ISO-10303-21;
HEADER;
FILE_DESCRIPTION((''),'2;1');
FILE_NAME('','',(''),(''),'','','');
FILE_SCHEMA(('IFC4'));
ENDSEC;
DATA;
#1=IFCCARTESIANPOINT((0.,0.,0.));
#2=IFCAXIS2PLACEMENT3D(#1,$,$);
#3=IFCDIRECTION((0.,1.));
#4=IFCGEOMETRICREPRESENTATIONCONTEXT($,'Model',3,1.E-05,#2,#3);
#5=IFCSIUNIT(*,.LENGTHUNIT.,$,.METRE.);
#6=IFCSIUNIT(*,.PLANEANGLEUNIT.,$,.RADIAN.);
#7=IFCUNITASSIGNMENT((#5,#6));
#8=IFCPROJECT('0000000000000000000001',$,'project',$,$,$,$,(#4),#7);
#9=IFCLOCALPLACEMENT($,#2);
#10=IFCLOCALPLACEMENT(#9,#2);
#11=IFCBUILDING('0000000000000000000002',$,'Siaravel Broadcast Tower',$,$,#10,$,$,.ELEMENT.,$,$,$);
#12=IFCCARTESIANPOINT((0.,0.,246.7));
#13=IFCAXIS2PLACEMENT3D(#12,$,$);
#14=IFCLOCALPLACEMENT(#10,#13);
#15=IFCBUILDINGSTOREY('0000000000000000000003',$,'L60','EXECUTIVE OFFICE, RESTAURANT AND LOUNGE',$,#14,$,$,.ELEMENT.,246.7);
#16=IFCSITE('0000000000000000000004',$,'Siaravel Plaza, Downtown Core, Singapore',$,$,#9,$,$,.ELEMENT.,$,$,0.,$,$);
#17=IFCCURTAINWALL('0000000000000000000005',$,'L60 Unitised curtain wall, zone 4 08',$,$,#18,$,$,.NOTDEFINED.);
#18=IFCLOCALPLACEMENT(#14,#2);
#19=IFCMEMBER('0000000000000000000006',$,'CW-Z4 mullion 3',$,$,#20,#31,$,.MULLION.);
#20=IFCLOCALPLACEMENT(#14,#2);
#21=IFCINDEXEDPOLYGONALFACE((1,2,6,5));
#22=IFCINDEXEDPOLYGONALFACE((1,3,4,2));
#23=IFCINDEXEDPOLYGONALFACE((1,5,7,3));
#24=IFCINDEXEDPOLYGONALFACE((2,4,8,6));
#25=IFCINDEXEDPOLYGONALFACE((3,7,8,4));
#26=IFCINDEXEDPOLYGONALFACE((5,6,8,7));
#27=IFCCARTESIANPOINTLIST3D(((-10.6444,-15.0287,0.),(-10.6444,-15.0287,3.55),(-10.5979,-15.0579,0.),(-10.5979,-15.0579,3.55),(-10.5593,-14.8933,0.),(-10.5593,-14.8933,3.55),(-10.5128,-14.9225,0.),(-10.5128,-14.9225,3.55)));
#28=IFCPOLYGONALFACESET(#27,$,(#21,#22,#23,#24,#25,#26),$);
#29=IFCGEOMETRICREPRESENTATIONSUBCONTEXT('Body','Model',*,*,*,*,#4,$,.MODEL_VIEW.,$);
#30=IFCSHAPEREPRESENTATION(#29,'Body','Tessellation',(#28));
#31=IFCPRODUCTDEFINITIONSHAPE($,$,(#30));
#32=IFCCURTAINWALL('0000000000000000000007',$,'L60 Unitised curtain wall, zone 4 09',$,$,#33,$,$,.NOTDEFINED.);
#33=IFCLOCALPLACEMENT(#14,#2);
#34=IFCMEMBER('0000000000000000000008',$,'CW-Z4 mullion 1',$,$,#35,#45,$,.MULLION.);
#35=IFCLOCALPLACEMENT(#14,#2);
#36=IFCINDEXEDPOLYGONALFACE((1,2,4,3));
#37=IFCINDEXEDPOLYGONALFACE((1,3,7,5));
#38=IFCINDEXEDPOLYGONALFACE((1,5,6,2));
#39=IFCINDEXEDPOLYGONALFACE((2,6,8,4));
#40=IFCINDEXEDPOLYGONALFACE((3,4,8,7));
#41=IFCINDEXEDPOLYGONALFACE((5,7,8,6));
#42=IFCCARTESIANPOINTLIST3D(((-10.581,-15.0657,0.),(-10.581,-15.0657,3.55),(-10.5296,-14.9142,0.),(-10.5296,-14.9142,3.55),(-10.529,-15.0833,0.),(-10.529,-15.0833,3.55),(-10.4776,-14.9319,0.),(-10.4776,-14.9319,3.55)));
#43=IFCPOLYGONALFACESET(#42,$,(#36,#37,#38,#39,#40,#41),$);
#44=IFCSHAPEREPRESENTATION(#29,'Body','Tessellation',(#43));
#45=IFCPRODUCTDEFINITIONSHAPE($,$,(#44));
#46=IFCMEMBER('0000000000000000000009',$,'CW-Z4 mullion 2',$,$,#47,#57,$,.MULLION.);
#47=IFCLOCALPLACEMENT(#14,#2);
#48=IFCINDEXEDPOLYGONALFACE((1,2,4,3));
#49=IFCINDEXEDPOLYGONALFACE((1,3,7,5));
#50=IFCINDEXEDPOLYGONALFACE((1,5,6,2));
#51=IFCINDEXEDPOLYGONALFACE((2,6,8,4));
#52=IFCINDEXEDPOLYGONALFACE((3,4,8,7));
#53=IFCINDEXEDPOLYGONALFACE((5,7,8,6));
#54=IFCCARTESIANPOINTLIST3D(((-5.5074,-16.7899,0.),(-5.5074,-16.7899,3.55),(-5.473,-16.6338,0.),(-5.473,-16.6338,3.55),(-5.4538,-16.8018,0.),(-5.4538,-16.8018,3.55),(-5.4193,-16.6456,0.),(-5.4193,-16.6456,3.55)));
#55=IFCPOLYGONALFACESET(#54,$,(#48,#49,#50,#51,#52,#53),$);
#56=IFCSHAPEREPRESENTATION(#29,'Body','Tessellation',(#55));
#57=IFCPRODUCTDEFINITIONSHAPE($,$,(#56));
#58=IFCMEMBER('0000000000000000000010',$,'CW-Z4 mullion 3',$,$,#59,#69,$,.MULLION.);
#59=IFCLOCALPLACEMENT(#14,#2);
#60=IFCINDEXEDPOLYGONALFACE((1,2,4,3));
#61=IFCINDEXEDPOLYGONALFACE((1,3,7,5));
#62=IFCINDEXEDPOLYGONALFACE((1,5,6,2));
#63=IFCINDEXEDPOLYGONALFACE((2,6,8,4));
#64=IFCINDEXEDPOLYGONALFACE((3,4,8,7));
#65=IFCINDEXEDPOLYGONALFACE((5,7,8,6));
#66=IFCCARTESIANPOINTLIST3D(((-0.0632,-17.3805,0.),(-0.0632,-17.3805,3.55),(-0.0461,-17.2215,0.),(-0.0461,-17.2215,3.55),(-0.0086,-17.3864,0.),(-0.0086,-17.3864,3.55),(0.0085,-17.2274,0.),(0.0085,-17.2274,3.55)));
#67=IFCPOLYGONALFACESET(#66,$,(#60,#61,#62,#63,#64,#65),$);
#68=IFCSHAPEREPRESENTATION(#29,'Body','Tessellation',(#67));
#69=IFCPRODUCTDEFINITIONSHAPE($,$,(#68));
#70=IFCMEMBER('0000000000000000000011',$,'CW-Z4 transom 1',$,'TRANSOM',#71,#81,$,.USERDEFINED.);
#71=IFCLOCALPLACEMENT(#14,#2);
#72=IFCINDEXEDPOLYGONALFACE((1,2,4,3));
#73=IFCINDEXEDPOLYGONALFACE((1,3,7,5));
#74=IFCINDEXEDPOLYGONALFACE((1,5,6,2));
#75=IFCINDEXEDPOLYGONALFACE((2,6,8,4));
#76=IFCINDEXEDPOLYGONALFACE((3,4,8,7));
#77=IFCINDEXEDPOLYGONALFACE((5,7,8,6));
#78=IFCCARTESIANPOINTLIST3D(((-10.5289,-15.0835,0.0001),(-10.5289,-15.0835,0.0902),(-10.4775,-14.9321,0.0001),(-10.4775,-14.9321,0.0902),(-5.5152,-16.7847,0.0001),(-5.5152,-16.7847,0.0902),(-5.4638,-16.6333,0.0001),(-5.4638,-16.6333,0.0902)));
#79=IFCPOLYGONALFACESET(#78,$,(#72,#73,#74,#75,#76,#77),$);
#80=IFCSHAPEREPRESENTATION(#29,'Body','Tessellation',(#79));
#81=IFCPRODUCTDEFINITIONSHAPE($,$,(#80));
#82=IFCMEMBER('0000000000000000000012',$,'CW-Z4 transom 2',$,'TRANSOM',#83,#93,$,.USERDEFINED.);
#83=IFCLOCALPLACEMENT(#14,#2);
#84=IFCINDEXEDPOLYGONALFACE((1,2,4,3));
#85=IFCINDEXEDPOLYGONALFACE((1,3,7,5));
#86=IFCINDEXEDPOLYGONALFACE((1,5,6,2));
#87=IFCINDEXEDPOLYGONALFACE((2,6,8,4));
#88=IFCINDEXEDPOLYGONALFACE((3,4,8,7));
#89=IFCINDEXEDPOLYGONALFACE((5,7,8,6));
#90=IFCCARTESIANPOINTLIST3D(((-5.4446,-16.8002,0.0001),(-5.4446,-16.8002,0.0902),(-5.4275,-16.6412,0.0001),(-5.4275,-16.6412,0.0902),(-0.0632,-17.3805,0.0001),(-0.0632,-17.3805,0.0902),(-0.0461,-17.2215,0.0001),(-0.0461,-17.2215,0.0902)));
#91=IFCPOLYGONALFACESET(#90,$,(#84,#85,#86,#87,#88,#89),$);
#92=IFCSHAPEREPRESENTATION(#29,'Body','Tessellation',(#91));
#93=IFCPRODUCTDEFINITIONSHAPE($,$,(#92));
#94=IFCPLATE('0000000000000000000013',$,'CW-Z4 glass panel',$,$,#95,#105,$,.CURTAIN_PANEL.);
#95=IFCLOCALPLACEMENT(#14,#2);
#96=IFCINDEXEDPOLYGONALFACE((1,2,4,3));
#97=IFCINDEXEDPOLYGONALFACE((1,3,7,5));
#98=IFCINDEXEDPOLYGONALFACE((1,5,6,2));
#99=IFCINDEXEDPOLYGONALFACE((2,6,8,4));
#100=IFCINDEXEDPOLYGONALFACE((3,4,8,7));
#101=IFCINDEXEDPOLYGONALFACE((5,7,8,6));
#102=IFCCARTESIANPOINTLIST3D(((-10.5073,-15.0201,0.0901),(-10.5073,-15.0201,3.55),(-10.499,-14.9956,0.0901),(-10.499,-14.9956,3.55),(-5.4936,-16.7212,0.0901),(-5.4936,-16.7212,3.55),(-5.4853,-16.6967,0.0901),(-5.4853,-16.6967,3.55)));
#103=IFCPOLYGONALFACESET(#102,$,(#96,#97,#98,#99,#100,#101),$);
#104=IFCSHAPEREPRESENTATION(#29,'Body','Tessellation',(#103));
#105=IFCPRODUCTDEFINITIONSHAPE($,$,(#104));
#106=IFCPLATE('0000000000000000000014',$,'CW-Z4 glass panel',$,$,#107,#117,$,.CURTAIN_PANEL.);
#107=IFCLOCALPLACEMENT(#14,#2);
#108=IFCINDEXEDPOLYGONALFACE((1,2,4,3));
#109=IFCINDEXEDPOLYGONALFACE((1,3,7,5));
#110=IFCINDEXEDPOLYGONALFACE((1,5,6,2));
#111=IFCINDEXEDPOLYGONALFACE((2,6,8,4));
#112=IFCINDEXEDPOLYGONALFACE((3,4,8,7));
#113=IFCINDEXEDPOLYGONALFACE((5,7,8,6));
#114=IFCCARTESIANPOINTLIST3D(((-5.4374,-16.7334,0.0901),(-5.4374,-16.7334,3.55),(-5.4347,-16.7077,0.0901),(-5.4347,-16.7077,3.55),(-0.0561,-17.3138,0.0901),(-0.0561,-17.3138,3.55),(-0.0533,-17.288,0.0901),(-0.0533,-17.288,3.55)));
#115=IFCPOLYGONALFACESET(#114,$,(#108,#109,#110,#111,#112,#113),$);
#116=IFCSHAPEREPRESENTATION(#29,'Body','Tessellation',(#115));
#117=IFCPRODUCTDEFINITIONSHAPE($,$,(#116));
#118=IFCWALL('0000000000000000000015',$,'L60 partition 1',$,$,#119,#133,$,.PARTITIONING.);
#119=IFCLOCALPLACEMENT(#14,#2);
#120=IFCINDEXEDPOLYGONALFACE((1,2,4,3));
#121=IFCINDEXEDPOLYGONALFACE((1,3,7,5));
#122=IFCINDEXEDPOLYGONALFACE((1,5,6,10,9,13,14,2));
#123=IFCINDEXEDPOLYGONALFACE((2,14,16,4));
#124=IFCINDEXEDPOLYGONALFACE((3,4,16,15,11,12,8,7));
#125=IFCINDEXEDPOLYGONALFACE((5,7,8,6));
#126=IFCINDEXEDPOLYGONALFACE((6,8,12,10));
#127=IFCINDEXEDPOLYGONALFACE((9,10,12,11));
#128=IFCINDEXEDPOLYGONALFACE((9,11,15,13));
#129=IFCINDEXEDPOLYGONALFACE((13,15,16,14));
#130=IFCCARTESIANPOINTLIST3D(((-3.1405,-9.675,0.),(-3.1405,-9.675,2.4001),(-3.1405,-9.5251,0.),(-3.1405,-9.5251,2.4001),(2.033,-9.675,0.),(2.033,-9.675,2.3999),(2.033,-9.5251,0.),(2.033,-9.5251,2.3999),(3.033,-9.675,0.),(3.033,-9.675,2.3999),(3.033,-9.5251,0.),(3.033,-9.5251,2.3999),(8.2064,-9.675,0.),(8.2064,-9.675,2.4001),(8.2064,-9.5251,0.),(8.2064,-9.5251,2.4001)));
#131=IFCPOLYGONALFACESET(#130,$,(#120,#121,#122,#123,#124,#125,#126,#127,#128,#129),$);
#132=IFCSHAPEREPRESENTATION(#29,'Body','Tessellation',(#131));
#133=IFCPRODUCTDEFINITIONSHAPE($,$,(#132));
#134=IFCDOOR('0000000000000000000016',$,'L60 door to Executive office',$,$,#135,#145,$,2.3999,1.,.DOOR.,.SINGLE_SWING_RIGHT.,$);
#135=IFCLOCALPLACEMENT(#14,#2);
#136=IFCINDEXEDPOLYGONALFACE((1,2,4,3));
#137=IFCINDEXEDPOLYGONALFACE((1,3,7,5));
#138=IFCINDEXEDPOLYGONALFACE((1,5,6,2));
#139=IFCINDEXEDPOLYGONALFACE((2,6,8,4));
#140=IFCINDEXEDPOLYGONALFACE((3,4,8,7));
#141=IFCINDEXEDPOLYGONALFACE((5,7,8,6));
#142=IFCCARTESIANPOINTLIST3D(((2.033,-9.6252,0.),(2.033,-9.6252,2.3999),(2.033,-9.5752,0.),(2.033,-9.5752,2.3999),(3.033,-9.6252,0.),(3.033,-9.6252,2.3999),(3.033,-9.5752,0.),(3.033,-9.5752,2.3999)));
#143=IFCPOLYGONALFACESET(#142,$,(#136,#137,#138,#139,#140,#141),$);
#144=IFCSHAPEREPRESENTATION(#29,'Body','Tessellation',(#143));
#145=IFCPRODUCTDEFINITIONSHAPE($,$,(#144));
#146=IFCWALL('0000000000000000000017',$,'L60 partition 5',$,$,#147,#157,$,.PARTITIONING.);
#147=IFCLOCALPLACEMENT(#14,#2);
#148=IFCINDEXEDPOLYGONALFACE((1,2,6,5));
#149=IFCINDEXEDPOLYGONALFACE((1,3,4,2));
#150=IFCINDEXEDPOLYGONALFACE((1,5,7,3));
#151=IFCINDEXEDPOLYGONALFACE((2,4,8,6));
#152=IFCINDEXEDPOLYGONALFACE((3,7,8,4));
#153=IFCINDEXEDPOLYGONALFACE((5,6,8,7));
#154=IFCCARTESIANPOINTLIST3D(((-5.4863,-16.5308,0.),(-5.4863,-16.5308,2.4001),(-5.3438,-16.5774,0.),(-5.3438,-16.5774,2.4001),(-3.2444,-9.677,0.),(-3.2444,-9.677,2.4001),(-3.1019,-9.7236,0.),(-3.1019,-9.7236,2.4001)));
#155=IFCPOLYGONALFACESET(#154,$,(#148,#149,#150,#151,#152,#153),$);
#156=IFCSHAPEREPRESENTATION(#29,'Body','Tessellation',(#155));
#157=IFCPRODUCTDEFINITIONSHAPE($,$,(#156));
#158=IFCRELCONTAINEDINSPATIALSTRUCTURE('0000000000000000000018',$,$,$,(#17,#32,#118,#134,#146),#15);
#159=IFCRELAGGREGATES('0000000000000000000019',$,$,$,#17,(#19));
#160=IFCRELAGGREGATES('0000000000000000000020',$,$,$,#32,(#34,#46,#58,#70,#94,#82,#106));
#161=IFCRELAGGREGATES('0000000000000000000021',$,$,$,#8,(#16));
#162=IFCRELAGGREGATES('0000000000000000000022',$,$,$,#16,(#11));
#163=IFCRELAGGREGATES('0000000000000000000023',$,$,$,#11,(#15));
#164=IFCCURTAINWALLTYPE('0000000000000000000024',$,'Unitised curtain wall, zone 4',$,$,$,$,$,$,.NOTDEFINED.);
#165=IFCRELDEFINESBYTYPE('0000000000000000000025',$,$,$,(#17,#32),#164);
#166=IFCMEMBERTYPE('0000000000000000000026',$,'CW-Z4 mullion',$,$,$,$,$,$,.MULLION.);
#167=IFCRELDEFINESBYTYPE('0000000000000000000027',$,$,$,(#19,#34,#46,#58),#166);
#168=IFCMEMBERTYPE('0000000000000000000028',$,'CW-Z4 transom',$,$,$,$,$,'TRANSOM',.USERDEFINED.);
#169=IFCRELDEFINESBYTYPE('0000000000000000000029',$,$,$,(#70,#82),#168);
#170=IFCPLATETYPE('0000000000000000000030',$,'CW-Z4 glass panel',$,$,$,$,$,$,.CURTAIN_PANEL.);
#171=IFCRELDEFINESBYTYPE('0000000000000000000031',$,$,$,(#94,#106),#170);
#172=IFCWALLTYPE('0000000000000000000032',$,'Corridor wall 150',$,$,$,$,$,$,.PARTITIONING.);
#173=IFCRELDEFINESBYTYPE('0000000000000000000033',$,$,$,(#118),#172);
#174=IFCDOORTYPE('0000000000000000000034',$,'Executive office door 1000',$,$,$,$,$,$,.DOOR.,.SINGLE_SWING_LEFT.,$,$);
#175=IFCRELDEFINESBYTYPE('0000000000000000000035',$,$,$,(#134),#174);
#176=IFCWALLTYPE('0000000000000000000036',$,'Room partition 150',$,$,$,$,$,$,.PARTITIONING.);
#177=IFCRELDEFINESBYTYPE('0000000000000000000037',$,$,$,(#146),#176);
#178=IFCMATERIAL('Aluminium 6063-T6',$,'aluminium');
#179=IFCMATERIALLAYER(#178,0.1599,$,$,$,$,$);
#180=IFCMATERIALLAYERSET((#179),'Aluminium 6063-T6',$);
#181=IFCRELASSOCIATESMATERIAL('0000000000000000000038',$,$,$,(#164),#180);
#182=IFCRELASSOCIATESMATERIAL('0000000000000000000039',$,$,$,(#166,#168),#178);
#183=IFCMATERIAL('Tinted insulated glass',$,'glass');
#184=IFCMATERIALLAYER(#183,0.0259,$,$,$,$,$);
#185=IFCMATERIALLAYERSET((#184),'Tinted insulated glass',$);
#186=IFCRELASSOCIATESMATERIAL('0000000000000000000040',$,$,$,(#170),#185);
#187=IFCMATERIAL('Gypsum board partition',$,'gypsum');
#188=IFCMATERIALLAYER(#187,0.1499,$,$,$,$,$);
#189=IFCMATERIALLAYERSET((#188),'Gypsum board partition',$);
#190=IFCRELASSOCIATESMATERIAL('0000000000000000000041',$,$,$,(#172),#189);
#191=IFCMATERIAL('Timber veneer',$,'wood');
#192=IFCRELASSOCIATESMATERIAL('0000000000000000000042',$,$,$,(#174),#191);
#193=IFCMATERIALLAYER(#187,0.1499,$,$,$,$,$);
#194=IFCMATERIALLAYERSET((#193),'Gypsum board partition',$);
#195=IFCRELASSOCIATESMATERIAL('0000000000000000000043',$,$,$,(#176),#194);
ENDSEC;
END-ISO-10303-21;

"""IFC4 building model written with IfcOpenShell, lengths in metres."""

from ifc_helpers import new_model, si_unit, direction, frame, frame_2d, origin, origin_2d, place, context, subcontext, project, spatial, rectangle, extrude, material, layer, layer_set, material_profile, profile_set, type_object, element, fill, aggregate, save


model = new_model("IFC4")

# Units and contexts
model_context = context("Model", 3, precision=1e-05, world=origin(), true_north=direction((0.0, 1.0)))
body_context = subcontext(model_context, "Body", "Model", "MODEL_VIEW")
ifc_project = project(units=[si_unit("LENGTHUNIT", "METRE"), si_unit("PLANEANGLEUNIT", "RADIAN")], contexts=[model_context])

# Site, building, storey
site_placement = place(None, origin())
site = spatial("IfcSite", under=ifc_project, at=site_placement, Name="Siaravel Plaza, Downtown Core, Singapore", CompositionType="ELEMENT", RefElevation=0.0)
building_placement = place(site_placement, origin())
building = spatial("IfcBuilding", under=site, at=building_placement, Name="Siaravel Broadcast Tower", CompositionType="ELEMENT")
storey_placement = place(building_placement, frame((0.0, 0.0, 246.7)))
storey = spatial("IfcBuildingStorey", under=building, at=storey_placement, Name="L60", Description="EXECUTIVE OFFICE, RESTAURANT AND LOUNGE", CompositionType="ELEMENT", Elevation=246.7)

# Curtain wall, member
ifc_material_1 = material(Name="Aluminium 6063-T6", Category="aluminium")
ifc_layer_1 = layer(ifc_material_1, 0.1599)
ifc_layer_set_1 = layer_set([ifc_layer_1], Name="Aluminium 6063-T6")
curtain_wall_type = type_object("IfcCurtainWallType", Name="Unitised curtain wall, zone 4", PredefinedType="NOTDEFINED", material=ifc_layer_set_1)
curtain_wall_1_placement = place(storey_placement, origin())
curtain_wall_1 = element("IfcCurtainWall", 1, at=curtain_wall_1_placement, inside=storey, type_object=curtain_wall_type, Name="L60 Unitised curtain wall, zone 4 08", PredefinedType="NOTDEFINED")
ifc_material_profile_1 = material_profile(ifc_material_1, rectangle(XDim=0.1599, YDim=0.0549, at=origin_2d()))
ifc_profile_set_1 = profile_set([ifc_material_profile_1], Name="Aluminium 6063-T6")
member_type_1 = type_object("IfcMemberType", Name="CW-Z4 mullion", PredefinedType="MULLION", material=ifc_profile_set_1)
member_1_placement = place(storey_placement, frame((-10.5786, -14.9756, 0.0), z_axis=(0.0, 0.0, 1.0), x_axis=(0.53215, 0.84665, 0.0)))
member_1 = element("IfcMember", 2, at=member_1_placement, type_object=member_type_1, Name="CW-Z4 mullion 3", PredefinedType="MULLION", context=body_context, shape_type="SweptSolid", body=[
    extrude(rectangle(XDim=0.1599, YDim=0.0549, at=origin_2d()), origin(), (0.0, 0.0, 1.0), 3.55),
])
aggregate(curtain_wall_1, [member_1])

# Curtain wall, members, plates
curtain_wall_2_placement = place(storey_placement, origin())
curtain_wall_2 = element("IfcCurtainWall", 3, at=curtain_wall_2_placement, inside=storey, type_object=curtain_wall_type, Name="L60 Unitised curtain wall, zone 4 09", PredefinedType="NOTDEFINED")
member_2_placement = place(storey_placement, frame((-10.5293, -14.9988, 0.0), z_axis=(0.0, 0.0, 1.0), x_axis=(0.321301, 0.946977, 0.0)))
member_2 = element("IfcMember", 4, at=member_2_placement, type_object=member_type_1, Name="CW-Z4 mullion 1", PredefinedType="MULLION", context=body_context, shape_type="SweptSolid", body=[
    extrude(rectangle(XDim=0.1599, YDim=0.0549, at=origin_2d()), origin(), (0.0, 0.0, 1.0), 3.55),
])
member_3_placement = place(storey_placement, frame((-5.4634, -16.7178, 0.0), z_axis=(0.0, 0.0, 1.0), x_axis=(0.215559, 0.976491, 0.0)))
member_3 = element("IfcMember", 5, at=member_3_placement, type_object=member_type_1, Name="CW-Z4 mullion 2", PredefinedType="MULLION", context=body_context, shape_type="SweptSolid", body=[
    extrude(rectangle(XDim=0.1599, YDim=0.0549, at=origin_2d()), origin(), (0.0, 0.0, 1.0), 3.55),
])
member_4_placement = place(storey_placement, frame((-0.0273, -17.304, 0.0), z_axis=(0.0, 0.0, 1.0), x_axis=(0.107218, 0.994236, 0.0)))
member_4 = element("IfcMember", 6, at=member_4_placement, type_object=member_type_1, Name="CW-Z4 mullion 3", PredefinedType="MULLION", context=body_context, shape_type="SweptSolid", body=[
    extrude(rectangle(XDim=0.1599, YDim=0.0549, at=origin_2d()), origin(), (0.0, 0.0, 1.0), 3.55),
])
ifc_material_profile_2 = material_profile(ifc_material_1, rectangle(XDim=0.1599, YDim=0.0901, at=origin_2d()))
ifc_profile_set_2 = profile_set([ifc_material_profile_2], Name="Aluminium 6063-T6")
member_type_2 = type_object("IfcMemberType", Name="CW-Z4 transom", ElementType="TRANSOM", PredefinedType="USERDEFINED", material=ifc_profile_set_2)
member_5_placement = place(storey_placement, frame((-10.5032, -15.0078, 0.0452), z_axis=(0.946973, -0.321314, 0.0), x_axis=(0.321314, 0.946973, 0.0)))
member_5 = element("IfcMember", 7, at=member_5_placement, type_object=member_type_2, Name="CW-Z4 transom 1", ObjectType="TRANSOM", PredefinedType="USERDEFINED", context=body_context, shape_type="SweptSolid", body=[
    extrude(rectangle(XDim=0.1599, YDim=0.0901, at=origin_2d()), origin(), (0.0, 0.0, 1.0), 5.2944),
])
member_6_placement = place(storey_placement, frame((-5.436, -16.7207, 0.0452), z_axis=(0.994236, -0.107218, 0.0), x_axis=(0.107218, 0.994236, 0.0)))
member_6 = element("IfcMember", 8, at=member_6_placement, type_object=member_type_2, Name="CW-Z4 transom 2", ObjectType="TRANSOM", PredefinedType="USERDEFINED", context=body_context, shape_type="SweptSolid", body=[
    extrude(rectangle(XDim=0.1599, YDim=0.0901, at=origin_2d()), origin(), (0.0, 0.0, 1.0), 5.4126),
])
ifc_material_2 = material(Name="Tinted insulated glass", Category="glass")
ifc_layer_2 = layer(ifc_material_2, 0.0259)
ifc_layer_set_2 = layer_set([ifc_layer_2], Name="Tinted insulated glass")
plate_type = type_object("IfcPlateType", Name="CW-Z4 glass panel", PredefinedType="CURTAIN_PANEL", material=ifc_layer_set_2)
plate_1_placement = place(storey_placement, frame((-7.9963, -15.8584, 0.0901), z_axis=(0.0, 0.0, 1.0), x_axis=(0.946977, -0.321301, 0.0)))
plate_1 = element("IfcPlate", 9, at=plate_1_placement, type_object=plate_type, Name="CW-Z4 glass panel", PredefinedType="CURTAIN_PANEL", context=body_context, shape_type="SweptSolid", body=[
    extrude(rectangle(XDim=5.2944, YDim=0.0259, at=origin_2d()), origin(), (0.0, 0.0, 1.0), 3.46),
])
plate_2_placement = place(storey_placement, frame((-2.7454, -17.0107, 0.0901), z_axis=(0.0, 0.0, 1.0), x_axis=(0.994236, -0.107218, 0.0)))
plate_2 = element("IfcPlate", 10, at=plate_2_placement, type_object=plate_type, Name="CW-Z4 glass panel", PredefinedType="CURTAIN_PANEL", context=body_context, shape_type="SweptSolid", body=[
    extrude(rectangle(XDim=5.4126, YDim=0.0259, at=origin_2d()), origin(), (0.0, 0.0, 1.0), 3.46),
])
aggregate(curtain_wall_2, [member_2, member_3, member_4, member_5, plate_1, member_6, plate_2])

# Wall, opening, door
ifc_material_3 = material(Name="Gypsum board partition", Category="gypsum")
ifc_layer_3 = layer(ifc_material_3, 0.1499)
ifc_layer_set_3 = layer_set([ifc_layer_3], Name="Gypsum board partition")
wall_type_1 = type_object("IfcWallType", Name="Corridor wall 150", PredefinedType="PARTITIONING", material=ifc_layer_set_3)
wall_1_placement = place(storey_placement, frame((-3.1404, -9.6001, 0.0), z_axis=(0.0, 0.0, 1.0), x_axis=(1.0, 0.0, 0.0)))
wall_1 = element("IfcWall", 11, at=wall_1_placement, inside=storey, type_object=wall_type_1, Name="L60 partition 1", PredefinedType="PARTITIONING", context=body_context, shape_type="SweptSolid", body=[
    extrude(rectangle(XDim=11.3469, YDim=0.1499, at=frame_2d((5.6733, 0.0))), origin(), (0.0, 0.0, 1.0), 2.4001),
])
opening_placement = place(wall_1_placement, frame((5.1733, 0.0, 0.0)))
opening = element("IfcOpeningElement", 12, at=opening_placement, cuts=wall_1, PredefinedType="OPENING", context=body_context, shape_type="SweptSolid", body=[
    extrude(rectangle(XDim=1.0, YDim=2.3999, at=frame_2d((0.5, 1.2))), frame((0.0, 0.085, 0.0), z_axis=(0.0, -1.0, 0.0), x_axis=(1.0, 0.0, 0.0)), (0.0, 0.0, 1.0), 0.1699),
])
ifc_material_4 = material(Name="Timber veneer", Category="wood")
door_type = type_object("IfcDoorType", Name="Executive office door 1000", OperationType="SINGLE_SWING_LEFT", PredefinedType="DOOR", material=ifc_material_4)
door_placement = place(opening_placement, origin())
door = element("IfcDoor", 13, at=door_placement, inside=storey, type_object=door_type, Name="L60 door to Executive office", OperationType="SINGLE_SWING_RIGHT", OverallHeight=2.3999, OverallWidth=1.0, PredefinedType="DOOR", context=body_context, shape_type="SweptSolid", body=[
    extrude(rectangle(XDim=1.0, YDim=2.3999, at=frame_2d((0.5, 1.2))), frame((0.0, 0.0249, 0.0), z_axis=(0.0, -1.0, 0.0), x_axis=(1.0, 0.0, 0.0)), (0.0, 0.0, 1.0), 0.05),
])
fill(opening, door)

# Wall
ifc_layer_4 = layer(ifc_material_3, 0.1499)
ifc_layer_set_4 = layer_set([ifc_layer_4], Name="Gypsum board partition")
wall_type_2 = type_object("IfcWallType", Name="Room partition 150", PredefinedType="PARTITIONING", material=ifc_layer_set_4)
wall_2_placement = place(storey_placement, frame((-5.415, -16.554, 0.0), z_axis=(0.0, 0.0, 1.0), x_axis=(0.310901, 0.950442, 0.0)))
element("IfcWall", 14, at=wall_2_placement, inside=storey, type_object=wall_type_2, Name="L60 partition 5", PredefinedType="PARTITIONING", context=body_context, shape_type="SweptSolid", body=[
    extrude(rectangle(XDim=7.2112, YDim=0.1499, at=frame_2d((3.6055, 0.0))), origin(), (0.0, 0.0, 1.0), 2.4001),
])

save(model, "model.ifc")
